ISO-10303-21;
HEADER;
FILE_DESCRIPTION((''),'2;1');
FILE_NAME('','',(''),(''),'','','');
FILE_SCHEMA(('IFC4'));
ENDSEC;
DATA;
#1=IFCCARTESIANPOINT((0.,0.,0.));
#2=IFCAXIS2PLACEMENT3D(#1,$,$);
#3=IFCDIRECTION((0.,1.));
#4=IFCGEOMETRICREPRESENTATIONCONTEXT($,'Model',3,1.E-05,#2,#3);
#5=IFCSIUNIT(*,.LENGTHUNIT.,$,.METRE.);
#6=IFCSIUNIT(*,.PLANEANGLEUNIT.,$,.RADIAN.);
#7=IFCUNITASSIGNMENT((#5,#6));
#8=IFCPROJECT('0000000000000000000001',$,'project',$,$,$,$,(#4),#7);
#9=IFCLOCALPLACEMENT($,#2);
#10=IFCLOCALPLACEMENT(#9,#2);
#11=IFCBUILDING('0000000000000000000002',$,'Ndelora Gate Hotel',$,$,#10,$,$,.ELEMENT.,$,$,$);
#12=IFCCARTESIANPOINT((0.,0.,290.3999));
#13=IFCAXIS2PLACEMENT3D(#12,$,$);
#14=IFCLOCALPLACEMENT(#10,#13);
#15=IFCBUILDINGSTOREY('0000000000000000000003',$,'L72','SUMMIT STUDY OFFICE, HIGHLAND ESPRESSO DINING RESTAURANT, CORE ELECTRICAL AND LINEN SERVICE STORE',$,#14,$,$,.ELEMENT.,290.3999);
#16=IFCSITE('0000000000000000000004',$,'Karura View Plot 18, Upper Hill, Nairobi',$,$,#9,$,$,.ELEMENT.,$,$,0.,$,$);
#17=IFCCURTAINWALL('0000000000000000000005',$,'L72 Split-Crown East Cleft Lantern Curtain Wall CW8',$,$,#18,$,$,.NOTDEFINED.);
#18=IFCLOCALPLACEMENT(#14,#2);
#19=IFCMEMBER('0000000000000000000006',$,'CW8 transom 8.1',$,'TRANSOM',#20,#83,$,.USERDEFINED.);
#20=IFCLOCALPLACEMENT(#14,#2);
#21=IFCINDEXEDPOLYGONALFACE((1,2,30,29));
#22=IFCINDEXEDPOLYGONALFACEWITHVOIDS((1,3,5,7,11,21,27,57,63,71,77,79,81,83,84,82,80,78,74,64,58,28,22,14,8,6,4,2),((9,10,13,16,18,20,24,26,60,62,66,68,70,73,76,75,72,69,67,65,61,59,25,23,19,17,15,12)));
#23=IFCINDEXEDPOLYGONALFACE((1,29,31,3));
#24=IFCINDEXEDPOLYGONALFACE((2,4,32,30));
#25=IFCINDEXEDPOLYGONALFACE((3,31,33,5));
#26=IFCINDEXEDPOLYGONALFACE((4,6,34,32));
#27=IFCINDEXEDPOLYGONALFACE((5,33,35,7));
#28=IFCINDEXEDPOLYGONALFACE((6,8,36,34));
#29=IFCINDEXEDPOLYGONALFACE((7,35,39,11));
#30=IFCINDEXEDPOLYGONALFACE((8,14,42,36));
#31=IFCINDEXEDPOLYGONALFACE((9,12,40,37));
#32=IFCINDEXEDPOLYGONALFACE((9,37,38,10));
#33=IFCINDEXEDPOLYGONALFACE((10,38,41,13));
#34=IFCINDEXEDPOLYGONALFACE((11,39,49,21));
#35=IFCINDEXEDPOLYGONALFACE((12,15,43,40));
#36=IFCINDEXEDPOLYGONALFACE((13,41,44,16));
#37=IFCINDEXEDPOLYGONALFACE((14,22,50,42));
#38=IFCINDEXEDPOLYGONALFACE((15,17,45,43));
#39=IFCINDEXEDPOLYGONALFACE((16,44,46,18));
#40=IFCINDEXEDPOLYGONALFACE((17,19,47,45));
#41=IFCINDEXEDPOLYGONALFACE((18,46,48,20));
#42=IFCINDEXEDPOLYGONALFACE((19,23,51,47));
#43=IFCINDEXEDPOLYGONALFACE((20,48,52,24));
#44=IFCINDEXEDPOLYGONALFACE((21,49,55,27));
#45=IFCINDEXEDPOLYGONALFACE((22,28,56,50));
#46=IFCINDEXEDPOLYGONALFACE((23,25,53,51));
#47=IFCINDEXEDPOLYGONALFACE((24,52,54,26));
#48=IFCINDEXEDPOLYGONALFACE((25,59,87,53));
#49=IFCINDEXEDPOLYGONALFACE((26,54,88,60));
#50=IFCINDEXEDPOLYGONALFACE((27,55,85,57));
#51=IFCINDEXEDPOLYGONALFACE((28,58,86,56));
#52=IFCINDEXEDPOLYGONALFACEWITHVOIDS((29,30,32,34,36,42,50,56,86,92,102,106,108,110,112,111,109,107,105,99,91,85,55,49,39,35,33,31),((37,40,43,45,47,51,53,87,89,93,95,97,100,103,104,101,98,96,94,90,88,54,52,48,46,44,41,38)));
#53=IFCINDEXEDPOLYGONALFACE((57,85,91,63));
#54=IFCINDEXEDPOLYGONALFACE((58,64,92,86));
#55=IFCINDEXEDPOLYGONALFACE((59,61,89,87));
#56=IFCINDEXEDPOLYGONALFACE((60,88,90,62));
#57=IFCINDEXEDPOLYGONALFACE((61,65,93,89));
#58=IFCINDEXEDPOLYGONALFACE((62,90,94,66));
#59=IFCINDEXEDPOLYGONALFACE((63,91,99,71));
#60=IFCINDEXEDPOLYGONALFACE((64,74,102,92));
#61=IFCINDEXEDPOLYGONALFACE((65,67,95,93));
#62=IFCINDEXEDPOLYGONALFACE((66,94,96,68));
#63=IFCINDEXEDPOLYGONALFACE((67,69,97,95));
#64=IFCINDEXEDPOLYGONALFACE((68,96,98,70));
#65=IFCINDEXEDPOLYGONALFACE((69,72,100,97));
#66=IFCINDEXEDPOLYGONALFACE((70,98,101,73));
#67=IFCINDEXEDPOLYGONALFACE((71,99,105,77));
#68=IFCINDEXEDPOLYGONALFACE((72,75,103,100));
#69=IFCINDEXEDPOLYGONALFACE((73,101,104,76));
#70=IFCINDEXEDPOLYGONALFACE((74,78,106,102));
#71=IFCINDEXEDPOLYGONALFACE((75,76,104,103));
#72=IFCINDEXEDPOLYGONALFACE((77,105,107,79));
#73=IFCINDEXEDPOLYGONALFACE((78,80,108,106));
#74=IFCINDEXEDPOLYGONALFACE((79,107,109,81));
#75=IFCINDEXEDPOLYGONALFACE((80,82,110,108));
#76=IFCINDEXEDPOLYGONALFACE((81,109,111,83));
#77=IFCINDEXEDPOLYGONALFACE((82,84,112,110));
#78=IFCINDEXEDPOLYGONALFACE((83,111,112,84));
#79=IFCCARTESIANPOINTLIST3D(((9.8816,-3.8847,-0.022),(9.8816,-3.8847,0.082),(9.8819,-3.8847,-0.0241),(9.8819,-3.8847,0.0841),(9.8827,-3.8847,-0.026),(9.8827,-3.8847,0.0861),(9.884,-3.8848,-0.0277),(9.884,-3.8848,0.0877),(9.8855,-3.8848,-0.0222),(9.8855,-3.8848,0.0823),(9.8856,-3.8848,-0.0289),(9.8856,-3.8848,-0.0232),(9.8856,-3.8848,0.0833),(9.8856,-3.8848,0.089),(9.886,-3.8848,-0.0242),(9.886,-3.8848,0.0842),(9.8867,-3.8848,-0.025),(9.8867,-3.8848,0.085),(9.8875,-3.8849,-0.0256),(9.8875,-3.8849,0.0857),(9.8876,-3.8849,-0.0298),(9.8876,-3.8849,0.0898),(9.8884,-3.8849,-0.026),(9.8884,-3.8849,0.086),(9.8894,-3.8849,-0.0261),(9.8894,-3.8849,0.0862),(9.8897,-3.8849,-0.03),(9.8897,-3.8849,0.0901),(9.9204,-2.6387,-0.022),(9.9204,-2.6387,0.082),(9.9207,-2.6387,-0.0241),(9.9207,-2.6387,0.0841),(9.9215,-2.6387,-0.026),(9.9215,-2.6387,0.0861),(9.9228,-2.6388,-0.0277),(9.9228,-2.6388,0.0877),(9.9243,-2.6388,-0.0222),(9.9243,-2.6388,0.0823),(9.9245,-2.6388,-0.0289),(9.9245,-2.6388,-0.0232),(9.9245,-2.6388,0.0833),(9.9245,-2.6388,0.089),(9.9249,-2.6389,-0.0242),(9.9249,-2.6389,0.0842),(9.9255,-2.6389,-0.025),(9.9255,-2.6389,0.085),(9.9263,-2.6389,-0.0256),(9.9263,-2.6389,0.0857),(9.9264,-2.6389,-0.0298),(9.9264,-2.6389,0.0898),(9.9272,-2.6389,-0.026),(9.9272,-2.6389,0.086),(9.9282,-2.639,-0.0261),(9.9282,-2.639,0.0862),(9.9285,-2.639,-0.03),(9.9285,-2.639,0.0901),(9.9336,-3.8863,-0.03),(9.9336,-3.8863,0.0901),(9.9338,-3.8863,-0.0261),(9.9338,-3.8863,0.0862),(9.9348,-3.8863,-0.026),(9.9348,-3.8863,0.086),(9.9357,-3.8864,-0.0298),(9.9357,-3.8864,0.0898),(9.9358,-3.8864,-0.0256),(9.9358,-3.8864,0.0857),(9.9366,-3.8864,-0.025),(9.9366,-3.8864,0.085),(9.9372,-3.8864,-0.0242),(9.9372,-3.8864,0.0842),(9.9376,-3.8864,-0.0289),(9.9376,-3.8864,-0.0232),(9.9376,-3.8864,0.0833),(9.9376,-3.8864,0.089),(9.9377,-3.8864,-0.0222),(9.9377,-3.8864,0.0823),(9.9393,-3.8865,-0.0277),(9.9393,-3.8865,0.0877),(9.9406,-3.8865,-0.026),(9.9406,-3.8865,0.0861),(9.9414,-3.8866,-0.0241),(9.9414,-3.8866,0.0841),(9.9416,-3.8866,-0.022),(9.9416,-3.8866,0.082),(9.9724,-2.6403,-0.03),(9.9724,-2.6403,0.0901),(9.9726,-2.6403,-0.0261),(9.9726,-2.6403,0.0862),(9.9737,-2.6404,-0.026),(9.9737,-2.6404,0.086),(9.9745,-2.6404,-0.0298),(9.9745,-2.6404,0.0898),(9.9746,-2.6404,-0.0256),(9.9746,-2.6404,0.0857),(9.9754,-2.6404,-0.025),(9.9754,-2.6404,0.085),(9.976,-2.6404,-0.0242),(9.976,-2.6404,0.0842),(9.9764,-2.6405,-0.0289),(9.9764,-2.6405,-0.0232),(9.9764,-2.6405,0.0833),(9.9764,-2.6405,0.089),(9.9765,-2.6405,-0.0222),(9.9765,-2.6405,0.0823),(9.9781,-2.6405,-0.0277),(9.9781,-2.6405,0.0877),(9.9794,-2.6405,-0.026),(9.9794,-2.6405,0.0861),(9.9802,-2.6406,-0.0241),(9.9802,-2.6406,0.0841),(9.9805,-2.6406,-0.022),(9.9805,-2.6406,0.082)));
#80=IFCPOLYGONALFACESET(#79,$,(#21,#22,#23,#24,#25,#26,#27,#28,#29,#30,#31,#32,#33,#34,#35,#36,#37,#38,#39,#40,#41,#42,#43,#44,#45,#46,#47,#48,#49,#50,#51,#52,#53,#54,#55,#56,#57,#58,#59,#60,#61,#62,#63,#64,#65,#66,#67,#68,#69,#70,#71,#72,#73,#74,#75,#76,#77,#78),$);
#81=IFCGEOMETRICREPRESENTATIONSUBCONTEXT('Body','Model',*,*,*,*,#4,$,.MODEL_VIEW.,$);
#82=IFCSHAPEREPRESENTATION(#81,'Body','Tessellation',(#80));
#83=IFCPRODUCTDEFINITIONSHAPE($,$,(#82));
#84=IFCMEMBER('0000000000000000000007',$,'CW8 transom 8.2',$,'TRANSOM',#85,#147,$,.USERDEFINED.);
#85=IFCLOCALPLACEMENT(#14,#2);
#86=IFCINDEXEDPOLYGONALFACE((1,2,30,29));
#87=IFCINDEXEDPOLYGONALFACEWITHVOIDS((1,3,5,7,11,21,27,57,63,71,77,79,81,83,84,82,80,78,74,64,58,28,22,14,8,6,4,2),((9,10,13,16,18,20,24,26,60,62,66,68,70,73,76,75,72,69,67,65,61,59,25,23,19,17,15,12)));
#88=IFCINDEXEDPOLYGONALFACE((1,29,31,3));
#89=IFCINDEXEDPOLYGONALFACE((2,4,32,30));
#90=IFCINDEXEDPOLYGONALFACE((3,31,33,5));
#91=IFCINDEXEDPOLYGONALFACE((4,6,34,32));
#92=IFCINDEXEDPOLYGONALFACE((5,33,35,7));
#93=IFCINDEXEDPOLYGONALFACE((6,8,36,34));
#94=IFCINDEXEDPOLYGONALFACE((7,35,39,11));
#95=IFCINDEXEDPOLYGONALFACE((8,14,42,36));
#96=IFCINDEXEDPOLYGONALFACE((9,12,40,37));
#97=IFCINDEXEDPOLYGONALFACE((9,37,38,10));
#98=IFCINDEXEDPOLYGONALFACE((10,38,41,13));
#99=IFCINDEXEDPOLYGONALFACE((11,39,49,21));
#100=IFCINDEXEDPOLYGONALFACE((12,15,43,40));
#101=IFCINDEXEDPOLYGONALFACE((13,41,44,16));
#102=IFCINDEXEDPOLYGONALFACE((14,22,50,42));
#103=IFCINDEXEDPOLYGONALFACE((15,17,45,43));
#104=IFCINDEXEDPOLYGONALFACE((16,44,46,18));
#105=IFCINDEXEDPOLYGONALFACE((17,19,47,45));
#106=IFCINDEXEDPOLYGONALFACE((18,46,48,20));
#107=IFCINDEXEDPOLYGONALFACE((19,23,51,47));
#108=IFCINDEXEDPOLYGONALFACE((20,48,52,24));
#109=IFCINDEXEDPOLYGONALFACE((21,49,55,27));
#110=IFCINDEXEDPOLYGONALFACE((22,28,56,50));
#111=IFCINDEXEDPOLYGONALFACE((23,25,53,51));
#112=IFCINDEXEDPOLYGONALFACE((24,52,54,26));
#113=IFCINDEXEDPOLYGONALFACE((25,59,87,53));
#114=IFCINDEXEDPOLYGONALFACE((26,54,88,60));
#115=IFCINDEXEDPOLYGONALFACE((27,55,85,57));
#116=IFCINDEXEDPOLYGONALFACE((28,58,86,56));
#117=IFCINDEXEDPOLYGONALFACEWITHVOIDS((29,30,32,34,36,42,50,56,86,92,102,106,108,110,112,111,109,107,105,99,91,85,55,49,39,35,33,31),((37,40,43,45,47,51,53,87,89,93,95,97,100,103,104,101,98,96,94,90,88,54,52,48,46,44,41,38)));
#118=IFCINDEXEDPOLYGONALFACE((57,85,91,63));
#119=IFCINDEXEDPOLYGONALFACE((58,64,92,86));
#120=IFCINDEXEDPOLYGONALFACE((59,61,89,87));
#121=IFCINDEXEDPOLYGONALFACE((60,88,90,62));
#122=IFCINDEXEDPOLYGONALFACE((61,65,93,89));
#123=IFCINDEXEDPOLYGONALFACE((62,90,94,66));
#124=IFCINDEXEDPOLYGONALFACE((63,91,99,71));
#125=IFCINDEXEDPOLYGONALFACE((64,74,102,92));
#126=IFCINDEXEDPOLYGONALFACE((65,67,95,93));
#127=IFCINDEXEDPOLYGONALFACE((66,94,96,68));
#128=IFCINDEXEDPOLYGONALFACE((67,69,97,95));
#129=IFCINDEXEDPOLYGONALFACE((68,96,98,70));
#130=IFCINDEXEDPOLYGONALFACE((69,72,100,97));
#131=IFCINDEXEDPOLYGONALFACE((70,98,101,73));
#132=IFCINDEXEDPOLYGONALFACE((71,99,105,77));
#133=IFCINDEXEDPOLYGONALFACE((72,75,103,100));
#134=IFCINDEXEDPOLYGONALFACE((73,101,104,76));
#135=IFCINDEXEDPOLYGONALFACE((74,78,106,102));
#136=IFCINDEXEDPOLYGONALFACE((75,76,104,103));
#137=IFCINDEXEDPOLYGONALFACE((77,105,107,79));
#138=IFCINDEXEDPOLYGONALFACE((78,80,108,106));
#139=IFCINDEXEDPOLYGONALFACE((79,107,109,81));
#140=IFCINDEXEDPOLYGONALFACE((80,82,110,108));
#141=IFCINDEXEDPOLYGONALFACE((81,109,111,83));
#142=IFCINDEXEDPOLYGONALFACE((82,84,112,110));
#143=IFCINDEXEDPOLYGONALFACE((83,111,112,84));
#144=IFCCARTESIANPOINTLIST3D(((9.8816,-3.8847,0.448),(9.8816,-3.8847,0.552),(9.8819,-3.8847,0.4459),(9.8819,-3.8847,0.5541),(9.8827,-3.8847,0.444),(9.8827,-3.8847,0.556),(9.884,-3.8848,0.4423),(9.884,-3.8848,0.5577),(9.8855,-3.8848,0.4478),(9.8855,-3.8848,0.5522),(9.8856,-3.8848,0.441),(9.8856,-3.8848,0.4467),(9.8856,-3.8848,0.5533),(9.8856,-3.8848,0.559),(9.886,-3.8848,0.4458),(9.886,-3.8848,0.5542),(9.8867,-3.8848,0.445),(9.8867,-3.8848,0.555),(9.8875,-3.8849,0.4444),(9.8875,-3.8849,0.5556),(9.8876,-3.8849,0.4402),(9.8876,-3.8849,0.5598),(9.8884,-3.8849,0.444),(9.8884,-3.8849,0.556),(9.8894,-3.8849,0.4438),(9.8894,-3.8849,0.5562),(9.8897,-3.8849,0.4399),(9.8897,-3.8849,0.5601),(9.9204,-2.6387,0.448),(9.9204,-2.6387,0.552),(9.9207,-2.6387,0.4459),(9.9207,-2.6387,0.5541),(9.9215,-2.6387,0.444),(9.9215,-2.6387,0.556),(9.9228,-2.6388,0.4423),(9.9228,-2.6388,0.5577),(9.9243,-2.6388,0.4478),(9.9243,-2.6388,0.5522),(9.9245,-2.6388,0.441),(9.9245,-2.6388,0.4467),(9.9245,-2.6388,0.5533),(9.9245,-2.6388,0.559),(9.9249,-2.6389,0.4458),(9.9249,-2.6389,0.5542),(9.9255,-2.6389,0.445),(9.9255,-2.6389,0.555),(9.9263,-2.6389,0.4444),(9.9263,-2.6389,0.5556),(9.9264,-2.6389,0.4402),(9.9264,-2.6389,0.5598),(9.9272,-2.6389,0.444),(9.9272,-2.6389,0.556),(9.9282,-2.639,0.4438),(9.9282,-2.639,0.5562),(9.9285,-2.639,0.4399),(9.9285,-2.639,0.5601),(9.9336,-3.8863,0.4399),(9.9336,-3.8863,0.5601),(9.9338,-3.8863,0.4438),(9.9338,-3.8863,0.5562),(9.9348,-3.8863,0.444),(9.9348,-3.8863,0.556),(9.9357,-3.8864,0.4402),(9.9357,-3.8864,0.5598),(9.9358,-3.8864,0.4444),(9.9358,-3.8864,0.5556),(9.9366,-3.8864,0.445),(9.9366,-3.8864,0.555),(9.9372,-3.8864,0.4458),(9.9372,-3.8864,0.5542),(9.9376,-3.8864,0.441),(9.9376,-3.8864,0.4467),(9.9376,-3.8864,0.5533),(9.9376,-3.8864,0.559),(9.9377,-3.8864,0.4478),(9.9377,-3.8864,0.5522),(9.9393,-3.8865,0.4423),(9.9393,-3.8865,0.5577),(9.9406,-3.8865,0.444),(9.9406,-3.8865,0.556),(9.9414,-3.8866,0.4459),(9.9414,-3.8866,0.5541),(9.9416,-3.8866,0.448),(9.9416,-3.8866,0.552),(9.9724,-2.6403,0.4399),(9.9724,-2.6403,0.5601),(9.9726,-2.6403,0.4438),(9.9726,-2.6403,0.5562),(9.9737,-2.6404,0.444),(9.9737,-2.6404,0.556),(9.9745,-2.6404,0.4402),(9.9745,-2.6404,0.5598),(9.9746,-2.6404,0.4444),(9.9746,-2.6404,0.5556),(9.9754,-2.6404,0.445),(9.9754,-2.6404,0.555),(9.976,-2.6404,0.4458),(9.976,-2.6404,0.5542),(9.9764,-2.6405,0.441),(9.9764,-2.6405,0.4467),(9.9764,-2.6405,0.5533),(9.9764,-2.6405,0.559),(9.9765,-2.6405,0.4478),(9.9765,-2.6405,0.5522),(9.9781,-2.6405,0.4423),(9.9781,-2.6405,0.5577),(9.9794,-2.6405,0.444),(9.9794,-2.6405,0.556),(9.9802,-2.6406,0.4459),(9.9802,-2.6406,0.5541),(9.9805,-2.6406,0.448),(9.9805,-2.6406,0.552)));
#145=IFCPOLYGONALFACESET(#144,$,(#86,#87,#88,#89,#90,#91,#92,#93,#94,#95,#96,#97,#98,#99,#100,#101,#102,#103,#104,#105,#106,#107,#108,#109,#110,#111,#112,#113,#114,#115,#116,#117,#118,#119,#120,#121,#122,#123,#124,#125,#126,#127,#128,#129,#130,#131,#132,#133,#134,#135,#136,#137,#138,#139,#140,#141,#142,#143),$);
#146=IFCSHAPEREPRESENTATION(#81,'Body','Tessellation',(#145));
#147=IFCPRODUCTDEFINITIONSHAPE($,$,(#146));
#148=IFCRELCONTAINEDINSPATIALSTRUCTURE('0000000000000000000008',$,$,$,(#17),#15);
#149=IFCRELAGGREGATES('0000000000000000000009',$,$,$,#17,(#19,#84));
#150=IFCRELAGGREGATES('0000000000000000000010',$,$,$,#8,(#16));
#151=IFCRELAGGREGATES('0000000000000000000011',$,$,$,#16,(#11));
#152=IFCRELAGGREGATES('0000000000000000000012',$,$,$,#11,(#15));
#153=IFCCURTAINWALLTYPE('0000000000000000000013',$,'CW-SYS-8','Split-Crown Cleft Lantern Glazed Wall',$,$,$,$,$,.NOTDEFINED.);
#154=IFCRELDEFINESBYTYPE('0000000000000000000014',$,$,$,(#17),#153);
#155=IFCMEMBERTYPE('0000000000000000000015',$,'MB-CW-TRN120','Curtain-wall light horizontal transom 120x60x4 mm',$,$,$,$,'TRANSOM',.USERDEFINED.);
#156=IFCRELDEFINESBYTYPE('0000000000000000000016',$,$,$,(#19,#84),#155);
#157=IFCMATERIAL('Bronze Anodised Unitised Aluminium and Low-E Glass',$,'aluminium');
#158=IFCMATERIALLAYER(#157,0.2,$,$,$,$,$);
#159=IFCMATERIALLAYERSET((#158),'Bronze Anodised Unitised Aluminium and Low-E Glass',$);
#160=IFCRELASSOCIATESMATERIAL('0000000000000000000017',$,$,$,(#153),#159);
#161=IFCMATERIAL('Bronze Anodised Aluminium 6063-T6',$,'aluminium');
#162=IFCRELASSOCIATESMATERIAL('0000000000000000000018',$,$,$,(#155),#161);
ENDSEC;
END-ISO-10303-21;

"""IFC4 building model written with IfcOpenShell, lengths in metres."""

from ifc_helpers import new_model, si_unit, direction, frame, origin, origin_2d, place, context, subcontext, project, spatial, hollow_rectangle, extrude, material, layer, layer_set, material_profile, profile_set, type_object, element, aggregate, save


model = new_model("IFC4")

# Units and contexts
model_context = context("Model", 3, precision=1e-05, world=origin(), true_north=direction((0.0, 1.0)))
body_context = subcontext(model_context, "Body", "Model", "MODEL_VIEW")
ifc_project = project(units=[si_unit("LENGTHUNIT", "METRE"), si_unit("PLANEANGLEUNIT", "RADIAN")], contexts=[model_context])

# Site, building, storey
site_placement = place(None, origin())
site = spatial("IfcSite", under=ifc_project, at=site_placement, Name="Karura View Plot 18, Upper Hill, Nairobi", CompositionType="ELEMENT", RefElevation=0.0)
building_placement = place(site_placement, origin())
building = spatial("IfcBuilding", under=site, at=building_placement, Name="Ndelora Gate Hotel", CompositionType="ELEMENT")
storey_placement = place(building_placement, frame((0.0, 0.0, 290.3999)))
storey = spatial("IfcBuildingStorey", under=building, at=storey_placement, Name="L72", Description="SUMMIT STUDY OFFICE, HIGHLAND ESPRESSO DINING RESTAURANT, CORE ELECTRICAL AND LINEN SERVICE STORE", CompositionType="ELEMENT", Elevation=290.3999)

# Shared definitions
ifc_material_1 = material(Name="Bronze Anodised Unitised Aluminium and Low-E Glass", Category="aluminium")
ifc_layer_1 = layer(ifc_material_1, 0.2)
ifc_layer_set_1 = layer_set([ifc_layer_1], Name="Bronze Anodised Unitised Aluminium and Low-E Glass")
curtain_wall_type = type_object("IfcCurtainWallType", Name="CW-SYS-8", Description="Split-Crown Cleft Lantern Glazed Wall", PredefinedType="NOTDEFINED", material=ifc_layer_set_1)
ifc_material_2 = material(Name="Bronze Anodised Aluminium 6063-T6", Category="aluminium")

# Curtain wall, members
curtain_wall_1_placement = place(storey_placement, origin())
curtain_wall_1 = element("IfcCurtainWall", 1, at=curtain_wall_1_placement, inside=storey, type_object=curtain_wall_type, Name="L72 Split-Crown East Cleft Lantern Curtain Wall CW8", PredefinedType="NOTDEFINED")
ifc_material_profile_1 = material_profile(ifc_material_2, hollow_rectangle(XDim=0.0601, YDim=0.1201, WallThickness=0.0039, InnerFilletRadius=0.0039, OuterFilletRadius=0.0081, at=origin_2d()), Name="ALU 120x60x4")
ifc_profile_set_1 = profile_set([ifc_material_profile_1], Name="Bronze Anodised Aluminium 6063-T6")
member_type_1 = type_object("IfcMemberType", Name="MB-CW-TRN120", Description="Curtain-wall light horizontal transom 120x60x4 mm", ElementType="TRANSOM", PredefinedType="USERDEFINED", material=ifc_profile_set_1)
member_1_placement = place(storey_placement, frame((9.9504, -2.6396, 0.03), z_axis=(-0.031137, -0.999515, 0.0), x_axis=(0.999515, -0.031137, 0.0)))
member_1 = element("IfcMember", 2, at=member_1_placement, type_object=member_type_1, Name="CW8 transom 8.1", ObjectType="TRANSOM", PredefinedType="USERDEFINED", context=body_context, shape_type="SweptSolid", body=[
    extrude(hollow_rectangle(XDim=0.0601, YDim=0.1201, WallThickness=0.0039, InnerFilletRadius=0.0039, OuterFilletRadius=0.0081, at=origin_2d()), origin(), (0.0, 0.0, 1.0), 1.2466),
])
member_2_placement = place(storey_placement, frame((9.9504, -2.6396, 0.5), z_axis=(-0.031137, -0.999515, 0.0), x_axis=(0.999515, -0.031137, 0.0)))
member_2 = element("IfcMember", 3, at=member_2_placement, type_object=member_type_1, Name="CW8 transom 8.2", ObjectType="TRANSOM", PredefinedType="USERDEFINED", context=body_context, shape_type="SweptSolid", body=[
    extrude(hollow_rectangle(XDim=0.0601, YDim=0.1201, WallThickness=0.0039, InnerFilletRadius=0.0039, OuterFilletRadius=0.0081, at=origin_2d()), origin(), (0.0, 0.0, 1.0), 1.2466),
])

aggregate(curtain_wall_1, [member_1, member_2])

save(model, "model.ifc")
